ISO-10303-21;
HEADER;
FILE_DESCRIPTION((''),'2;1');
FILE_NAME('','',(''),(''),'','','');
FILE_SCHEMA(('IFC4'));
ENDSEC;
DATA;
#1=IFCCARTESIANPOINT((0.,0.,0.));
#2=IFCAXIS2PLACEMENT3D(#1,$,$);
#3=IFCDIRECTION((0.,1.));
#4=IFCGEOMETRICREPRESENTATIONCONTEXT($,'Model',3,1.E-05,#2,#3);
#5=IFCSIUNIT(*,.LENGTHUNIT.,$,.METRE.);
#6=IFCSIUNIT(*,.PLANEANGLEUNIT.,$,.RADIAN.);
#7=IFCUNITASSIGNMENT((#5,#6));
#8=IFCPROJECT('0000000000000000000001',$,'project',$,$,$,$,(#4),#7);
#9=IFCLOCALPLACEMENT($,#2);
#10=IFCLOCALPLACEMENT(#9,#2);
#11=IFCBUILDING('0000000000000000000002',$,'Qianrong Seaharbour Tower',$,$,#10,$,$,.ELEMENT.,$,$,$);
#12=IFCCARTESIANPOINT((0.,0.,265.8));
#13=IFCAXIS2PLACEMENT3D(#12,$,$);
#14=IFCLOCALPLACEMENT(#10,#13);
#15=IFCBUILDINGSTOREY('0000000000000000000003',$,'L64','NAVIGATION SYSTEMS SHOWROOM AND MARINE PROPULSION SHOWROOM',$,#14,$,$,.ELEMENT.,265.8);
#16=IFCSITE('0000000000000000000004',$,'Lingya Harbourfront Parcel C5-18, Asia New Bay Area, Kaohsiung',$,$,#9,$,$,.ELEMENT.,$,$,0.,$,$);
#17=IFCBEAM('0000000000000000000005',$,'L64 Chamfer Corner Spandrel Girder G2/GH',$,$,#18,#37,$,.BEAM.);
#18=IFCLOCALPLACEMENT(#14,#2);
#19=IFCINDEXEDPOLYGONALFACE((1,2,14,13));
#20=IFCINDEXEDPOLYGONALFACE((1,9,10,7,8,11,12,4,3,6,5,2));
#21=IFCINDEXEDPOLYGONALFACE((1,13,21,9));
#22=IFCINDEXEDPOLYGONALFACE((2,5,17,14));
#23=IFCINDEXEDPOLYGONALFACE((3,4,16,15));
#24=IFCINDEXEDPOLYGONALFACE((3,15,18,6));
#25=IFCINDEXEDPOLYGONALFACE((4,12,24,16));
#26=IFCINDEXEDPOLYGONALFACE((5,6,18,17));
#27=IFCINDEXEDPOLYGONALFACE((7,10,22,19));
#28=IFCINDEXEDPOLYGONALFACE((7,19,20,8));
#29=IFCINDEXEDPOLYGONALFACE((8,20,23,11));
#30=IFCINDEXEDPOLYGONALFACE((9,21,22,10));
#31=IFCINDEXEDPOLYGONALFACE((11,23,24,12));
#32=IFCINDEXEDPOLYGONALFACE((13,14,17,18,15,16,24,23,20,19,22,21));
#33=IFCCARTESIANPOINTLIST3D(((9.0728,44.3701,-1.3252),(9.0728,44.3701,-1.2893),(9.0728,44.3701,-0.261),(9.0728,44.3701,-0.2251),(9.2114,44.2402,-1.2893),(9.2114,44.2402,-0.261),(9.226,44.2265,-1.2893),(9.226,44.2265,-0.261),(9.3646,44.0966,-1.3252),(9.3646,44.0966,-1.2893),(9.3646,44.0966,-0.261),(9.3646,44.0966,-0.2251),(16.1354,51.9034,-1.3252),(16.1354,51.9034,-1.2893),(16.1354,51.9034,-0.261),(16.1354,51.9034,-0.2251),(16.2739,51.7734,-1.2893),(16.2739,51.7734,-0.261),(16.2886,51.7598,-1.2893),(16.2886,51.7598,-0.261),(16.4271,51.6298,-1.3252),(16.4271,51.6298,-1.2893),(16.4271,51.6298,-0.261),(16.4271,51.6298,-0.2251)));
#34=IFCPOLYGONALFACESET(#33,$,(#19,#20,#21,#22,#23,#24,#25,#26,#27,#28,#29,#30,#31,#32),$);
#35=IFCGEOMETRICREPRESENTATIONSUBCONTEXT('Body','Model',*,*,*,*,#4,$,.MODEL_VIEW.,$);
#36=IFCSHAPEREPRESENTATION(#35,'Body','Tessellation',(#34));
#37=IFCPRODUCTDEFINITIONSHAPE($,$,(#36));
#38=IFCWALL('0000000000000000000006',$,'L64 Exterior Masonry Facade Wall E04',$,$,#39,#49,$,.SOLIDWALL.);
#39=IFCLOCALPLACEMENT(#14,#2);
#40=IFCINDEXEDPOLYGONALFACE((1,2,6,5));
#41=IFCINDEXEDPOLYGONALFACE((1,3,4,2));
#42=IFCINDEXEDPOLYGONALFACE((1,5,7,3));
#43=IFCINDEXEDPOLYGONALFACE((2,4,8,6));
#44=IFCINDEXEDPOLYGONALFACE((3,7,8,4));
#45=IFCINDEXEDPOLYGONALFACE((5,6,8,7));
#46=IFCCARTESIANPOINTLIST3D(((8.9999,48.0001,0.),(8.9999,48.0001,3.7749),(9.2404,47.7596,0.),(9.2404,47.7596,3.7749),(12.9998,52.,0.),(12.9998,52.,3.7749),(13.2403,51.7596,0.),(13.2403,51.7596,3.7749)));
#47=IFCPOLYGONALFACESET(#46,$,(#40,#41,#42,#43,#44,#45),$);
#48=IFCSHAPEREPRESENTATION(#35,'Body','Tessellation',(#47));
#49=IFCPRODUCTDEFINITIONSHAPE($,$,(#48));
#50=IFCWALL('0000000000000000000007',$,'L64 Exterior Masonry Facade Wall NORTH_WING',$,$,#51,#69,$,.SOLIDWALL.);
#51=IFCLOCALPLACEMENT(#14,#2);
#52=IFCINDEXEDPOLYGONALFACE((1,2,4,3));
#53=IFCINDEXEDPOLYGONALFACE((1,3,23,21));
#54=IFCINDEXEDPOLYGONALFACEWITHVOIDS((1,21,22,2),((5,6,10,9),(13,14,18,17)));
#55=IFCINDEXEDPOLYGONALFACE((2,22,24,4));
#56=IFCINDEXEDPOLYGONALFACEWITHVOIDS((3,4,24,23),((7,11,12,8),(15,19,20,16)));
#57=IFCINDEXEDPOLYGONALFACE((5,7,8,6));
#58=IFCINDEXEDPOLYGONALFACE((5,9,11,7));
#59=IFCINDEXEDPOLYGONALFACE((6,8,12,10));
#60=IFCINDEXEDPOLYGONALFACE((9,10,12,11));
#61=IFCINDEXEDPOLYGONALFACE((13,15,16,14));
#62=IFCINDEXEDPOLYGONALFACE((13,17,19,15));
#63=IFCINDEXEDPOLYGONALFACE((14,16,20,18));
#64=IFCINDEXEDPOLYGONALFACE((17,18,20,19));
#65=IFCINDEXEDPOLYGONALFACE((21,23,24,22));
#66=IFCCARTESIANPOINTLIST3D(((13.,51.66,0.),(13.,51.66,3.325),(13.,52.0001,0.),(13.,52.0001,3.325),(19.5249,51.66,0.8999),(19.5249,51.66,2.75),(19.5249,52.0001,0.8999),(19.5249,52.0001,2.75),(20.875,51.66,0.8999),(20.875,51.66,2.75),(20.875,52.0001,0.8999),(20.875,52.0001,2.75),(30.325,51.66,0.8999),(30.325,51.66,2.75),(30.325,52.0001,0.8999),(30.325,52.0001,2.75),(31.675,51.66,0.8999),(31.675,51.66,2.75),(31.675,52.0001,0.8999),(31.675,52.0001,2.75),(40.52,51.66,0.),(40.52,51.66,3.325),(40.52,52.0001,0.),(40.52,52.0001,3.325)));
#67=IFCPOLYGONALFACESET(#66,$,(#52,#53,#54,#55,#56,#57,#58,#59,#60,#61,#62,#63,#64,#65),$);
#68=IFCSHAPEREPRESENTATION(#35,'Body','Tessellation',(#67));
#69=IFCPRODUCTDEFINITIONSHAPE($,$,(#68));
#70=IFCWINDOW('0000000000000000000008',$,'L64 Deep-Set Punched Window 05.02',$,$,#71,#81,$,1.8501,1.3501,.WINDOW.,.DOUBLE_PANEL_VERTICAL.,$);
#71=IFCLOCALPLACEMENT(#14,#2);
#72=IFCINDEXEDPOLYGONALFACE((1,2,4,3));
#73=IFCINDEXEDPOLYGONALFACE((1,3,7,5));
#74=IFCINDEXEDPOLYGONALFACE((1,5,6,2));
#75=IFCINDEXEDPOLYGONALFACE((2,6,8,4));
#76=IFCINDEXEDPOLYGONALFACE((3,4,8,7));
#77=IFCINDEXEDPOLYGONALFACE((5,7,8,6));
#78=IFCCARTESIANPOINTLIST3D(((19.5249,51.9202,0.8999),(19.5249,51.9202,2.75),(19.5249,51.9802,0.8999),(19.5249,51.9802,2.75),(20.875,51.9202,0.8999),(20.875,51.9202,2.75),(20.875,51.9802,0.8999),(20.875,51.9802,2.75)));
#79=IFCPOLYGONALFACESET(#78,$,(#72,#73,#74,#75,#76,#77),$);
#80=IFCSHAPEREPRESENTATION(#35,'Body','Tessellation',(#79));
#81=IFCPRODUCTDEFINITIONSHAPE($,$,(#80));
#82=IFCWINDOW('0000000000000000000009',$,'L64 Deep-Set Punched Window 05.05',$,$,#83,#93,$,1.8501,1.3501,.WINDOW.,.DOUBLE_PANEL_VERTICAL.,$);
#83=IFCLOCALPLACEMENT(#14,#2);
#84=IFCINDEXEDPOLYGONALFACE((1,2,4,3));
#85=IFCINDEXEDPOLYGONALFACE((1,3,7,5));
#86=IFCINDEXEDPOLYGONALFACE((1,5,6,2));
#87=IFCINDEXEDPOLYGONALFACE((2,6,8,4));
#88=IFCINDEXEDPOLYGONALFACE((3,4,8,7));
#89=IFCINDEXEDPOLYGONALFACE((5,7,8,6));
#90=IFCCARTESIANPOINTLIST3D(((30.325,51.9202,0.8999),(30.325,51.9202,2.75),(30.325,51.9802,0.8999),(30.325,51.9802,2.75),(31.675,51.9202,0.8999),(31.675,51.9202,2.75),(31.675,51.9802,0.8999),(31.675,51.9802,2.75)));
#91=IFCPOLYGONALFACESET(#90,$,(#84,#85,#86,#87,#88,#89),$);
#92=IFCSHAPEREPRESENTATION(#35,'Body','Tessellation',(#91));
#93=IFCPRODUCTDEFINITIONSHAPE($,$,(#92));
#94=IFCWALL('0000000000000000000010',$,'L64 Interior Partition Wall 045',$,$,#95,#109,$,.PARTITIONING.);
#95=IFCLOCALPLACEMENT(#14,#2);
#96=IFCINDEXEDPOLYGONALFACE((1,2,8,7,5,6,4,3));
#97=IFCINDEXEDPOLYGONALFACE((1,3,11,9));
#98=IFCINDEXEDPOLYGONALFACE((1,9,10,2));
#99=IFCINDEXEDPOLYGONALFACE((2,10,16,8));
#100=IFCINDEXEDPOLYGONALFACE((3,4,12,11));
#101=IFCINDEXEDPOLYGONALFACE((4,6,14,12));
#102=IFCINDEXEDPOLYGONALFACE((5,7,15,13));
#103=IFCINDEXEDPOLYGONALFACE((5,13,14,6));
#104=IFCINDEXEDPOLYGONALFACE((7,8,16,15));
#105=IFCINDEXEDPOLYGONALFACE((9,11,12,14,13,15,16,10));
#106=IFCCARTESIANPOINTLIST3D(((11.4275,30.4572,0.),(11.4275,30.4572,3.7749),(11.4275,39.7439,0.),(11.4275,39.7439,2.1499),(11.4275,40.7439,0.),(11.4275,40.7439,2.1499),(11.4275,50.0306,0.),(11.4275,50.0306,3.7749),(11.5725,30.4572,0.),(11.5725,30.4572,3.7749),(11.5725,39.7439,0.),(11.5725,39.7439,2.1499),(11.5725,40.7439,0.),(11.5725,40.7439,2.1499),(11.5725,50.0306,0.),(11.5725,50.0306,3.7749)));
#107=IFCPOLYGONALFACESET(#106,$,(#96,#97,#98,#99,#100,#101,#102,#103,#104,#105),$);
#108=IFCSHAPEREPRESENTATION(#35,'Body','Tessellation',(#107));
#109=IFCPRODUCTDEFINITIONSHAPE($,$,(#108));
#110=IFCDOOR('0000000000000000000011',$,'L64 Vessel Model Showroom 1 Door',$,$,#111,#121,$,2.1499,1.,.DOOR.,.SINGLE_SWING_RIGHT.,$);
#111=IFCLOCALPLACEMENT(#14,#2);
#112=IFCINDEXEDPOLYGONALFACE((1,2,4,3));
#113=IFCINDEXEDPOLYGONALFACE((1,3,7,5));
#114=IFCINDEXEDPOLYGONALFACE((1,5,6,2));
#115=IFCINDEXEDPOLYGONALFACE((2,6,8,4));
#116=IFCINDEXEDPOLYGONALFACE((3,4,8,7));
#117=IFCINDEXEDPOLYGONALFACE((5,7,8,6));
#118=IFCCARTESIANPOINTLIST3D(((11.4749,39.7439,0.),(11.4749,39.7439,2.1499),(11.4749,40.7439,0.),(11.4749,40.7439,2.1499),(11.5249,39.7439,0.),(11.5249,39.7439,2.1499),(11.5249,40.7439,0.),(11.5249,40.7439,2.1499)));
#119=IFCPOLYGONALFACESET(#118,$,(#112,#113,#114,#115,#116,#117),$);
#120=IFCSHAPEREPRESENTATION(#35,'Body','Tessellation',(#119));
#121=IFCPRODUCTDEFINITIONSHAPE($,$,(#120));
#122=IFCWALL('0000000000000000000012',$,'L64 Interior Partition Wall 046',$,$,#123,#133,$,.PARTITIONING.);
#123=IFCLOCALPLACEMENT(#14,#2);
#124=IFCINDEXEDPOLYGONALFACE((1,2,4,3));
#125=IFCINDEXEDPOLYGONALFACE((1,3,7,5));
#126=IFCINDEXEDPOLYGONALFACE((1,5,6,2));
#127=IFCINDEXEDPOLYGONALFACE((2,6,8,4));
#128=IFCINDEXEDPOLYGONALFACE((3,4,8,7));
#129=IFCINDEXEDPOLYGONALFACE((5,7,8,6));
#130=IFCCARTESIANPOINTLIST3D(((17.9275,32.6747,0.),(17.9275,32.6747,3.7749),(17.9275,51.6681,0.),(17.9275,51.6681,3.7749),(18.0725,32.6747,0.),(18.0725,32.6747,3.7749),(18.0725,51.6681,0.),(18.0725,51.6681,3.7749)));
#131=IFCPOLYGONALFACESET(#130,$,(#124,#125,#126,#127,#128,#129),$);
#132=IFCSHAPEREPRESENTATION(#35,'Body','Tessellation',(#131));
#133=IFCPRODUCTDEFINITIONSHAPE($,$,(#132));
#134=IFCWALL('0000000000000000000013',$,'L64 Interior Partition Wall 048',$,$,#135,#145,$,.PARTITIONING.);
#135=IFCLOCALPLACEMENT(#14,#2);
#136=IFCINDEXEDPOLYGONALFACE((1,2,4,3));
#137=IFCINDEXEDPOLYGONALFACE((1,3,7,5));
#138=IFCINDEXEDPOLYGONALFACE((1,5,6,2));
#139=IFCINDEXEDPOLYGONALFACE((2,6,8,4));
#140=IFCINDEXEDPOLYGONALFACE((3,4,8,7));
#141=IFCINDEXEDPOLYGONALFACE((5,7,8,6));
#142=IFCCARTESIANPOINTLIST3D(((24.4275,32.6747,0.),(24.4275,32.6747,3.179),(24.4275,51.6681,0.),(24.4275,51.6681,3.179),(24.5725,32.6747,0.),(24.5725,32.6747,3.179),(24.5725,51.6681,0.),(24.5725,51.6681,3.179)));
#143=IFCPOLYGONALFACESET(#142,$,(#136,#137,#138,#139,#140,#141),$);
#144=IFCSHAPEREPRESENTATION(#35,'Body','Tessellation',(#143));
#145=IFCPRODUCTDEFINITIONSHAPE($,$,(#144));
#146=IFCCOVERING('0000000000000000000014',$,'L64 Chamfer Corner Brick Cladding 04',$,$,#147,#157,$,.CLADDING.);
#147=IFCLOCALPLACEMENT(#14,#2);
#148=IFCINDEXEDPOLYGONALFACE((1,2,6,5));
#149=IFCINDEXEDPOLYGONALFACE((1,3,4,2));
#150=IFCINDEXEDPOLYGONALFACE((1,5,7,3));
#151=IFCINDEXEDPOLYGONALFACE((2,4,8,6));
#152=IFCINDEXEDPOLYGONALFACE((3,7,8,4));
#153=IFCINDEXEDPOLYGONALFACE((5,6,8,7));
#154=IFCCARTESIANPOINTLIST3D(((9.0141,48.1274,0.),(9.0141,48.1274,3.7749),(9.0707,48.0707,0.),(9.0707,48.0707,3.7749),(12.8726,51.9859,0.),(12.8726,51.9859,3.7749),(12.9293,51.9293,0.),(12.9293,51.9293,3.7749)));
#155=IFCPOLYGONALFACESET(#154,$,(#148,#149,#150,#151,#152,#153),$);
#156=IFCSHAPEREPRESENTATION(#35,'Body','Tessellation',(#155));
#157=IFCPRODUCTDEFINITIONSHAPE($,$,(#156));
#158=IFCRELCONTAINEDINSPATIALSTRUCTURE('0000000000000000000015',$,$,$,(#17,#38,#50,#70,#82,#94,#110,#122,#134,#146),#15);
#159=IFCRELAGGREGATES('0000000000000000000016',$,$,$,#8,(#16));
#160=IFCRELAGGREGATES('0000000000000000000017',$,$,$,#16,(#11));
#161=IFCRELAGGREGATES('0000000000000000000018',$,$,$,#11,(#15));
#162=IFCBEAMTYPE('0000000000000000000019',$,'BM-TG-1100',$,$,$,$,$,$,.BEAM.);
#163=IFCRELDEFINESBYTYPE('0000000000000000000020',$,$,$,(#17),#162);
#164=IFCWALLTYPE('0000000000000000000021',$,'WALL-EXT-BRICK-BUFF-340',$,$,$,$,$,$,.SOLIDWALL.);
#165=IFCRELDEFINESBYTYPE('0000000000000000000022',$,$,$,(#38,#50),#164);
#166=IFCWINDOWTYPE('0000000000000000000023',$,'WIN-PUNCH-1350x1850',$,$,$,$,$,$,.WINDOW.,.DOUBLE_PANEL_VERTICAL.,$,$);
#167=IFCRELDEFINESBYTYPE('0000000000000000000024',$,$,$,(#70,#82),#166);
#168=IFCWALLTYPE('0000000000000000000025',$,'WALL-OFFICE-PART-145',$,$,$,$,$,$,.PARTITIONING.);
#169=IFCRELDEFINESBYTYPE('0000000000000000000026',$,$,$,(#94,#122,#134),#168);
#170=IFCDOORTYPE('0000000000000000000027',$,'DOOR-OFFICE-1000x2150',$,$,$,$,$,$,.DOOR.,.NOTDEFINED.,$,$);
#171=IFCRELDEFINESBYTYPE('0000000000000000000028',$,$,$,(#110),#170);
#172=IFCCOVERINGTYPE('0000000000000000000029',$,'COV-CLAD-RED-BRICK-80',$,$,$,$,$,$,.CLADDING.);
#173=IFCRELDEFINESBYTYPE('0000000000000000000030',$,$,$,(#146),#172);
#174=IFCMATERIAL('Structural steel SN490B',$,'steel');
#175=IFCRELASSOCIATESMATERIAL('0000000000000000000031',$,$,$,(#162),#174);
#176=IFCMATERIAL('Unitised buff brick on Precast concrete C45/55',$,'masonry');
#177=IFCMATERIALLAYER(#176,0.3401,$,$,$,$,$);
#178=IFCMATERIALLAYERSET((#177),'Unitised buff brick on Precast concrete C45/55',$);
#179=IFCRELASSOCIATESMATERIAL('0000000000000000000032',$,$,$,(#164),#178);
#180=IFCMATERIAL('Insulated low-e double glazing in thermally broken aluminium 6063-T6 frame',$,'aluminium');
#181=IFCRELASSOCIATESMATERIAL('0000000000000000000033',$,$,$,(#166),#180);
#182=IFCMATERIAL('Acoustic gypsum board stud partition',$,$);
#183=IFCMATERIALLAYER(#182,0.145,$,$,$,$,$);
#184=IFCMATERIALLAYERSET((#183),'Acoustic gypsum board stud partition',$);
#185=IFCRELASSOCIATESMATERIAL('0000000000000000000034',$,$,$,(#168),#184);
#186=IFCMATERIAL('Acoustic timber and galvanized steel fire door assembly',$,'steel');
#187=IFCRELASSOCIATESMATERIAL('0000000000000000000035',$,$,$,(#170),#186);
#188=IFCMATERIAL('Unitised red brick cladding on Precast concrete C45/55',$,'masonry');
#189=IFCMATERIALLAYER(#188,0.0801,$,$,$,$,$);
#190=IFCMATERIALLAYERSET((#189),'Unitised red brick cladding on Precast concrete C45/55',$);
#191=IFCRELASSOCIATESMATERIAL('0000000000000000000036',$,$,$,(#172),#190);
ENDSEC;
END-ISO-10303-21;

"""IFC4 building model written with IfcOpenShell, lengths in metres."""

from ifc_helpers import new_model, si_unit, direction, frame, frame_2d, origin, origin_2d, place, context, subcontext, project, spatial, rectangle, i_section, extrude, material, layer, layer_set, material_profile, profile_set, type_object, element, fill, save


model = new_model("IFC4")

# Units and contexts
model_context = context("Model", 3, precision=1e-05, world=origin(), true_north=direction((0.0, 1.0)))
body_context = subcontext(model_context, "Body", "Model", "MODEL_VIEW")
ifc_project = project(units=[si_unit("LENGTHUNIT", "METRE"), si_unit("PLANEANGLEUNIT", "RADIAN")], contexts=[model_context])

# Site, building, storey
site_placement = place(None, origin())
site = spatial("IfcSite", under=ifc_project, at=site_placement, Name="Lingya Harbourfront Parcel C5-18, Asia New Bay Area, Kaohsiung", CompositionType="ELEMENT", RefElevation=0.0)
building_placement = place(site_placement, origin())
building = spatial("IfcBuilding", under=site, at=building_placement, Name="Qianrong Seaharbour Tower", CompositionType="ELEMENT")
storey_placement = place(building_placement, frame((0.0, 0.0, 265.8)))
storey = spatial("IfcBuildingStorey", under=building, at=storey_placement, Name="L64", Description="NAVIGATION SYSTEMS SHOWROOM AND MARINE PROPULSION SHOWROOM", CompositionType="ELEMENT", Elevation=265.8)

# Shared definitions
ifc_material_1 = material(Name="Structural steel SN490B", Category="steel")

# Beam
ifc_material_profile_1 = material_profile(ifc_material_1, i_section(OverallWidth=0.3999, OverallDepth=1.1001, WebThickness=0.02, FlangeThickness=0.0359, at=origin_2d()), Name="BH1100x400x20x36")
ifc_profile_set_1 = profile_set([ifc_material_profile_1], Name="Structural steel SN490B")
beam_type_1 = type_object("IfcBeamType", Name="BM-TG-1100", PredefinedType="BEAM", material=ifc_profile_set_1)
beam_1_placement = place(storey_placement, frame((16.2812, 51.7666, -0.7751), z_axis=(-0.683947, -0.729531, 0.0), x_axis=(0.729531, -0.683947, 0.0)))
element("IfcBeam", 1, at=beam_1_placement, inside=storey, type_object=beam_type_1, Name="L64 Chamfer Corner Spandrel Girder G2/GH", PredefinedType="BEAM", context=body_context, shape_type="SweptSolid", body=[
    extrude(i_section(OverallWidth=0.3999, OverallDepth=1.1001, WebThickness=0.02, FlangeThickness=0.0359, at=origin_2d()), origin(), (0.0, 0.0, 1.0), 10.3262),
])

# Wall
ifc_material_2 = material(Name="Unitised buff brick on Precast concrete C45/55", Category="masonry")
ifc_layer_1 = layer(ifc_material_2, 0.3401)
ifc_layer_set_1 = layer_set([ifc_layer_1], Name="Unitised buff brick on Precast concrete C45/55")
wall_type_1 = type_object("IfcWallType", Name="WALL-EXT-BRICK-BUFF-340", PredefinedType="SOLIDWALL", material=ifc_layer_set_1)
wall_1_placement = place(storey_placement, frame((9.1201, 47.8799, 0.0), z_axis=(0.0, 0.0, 1.0), x_axis=(0.707107, 0.707107, 0.0)))
element("IfcWall", 2, at=wall_1_placement, inside=storey, type_object=wall_type_1, Name="L64 Exterior Masonry Facade Wall E04", PredefinedType="SOLIDWALL", context=body_context, shape_type="SweptSolid", body=[
    extrude(rectangle(XDim=5.6567, YDim=0.3401, at=frame_2d((2.8284, 0.0))), origin(), (0.0, 0.0, 1.0), 3.7749),
])

# Wall, openings, windows
wall_2_placement = place(storey_placement, frame((13.0, 51.8301, 0.0), z_axis=(0.0, 0.0, 1.0), x_axis=(1.0, 0.0, 0.0)))
wall_2 = element("IfcWall", 3, at=wall_2_placement, inside=storey, type_object=wall_type_1, Name="L64 Exterior Masonry Facade Wall NORTH_WING", PredefinedType="SOLIDWALL", context=body_context, shape_type="SweptSolid", body=[
    extrude(rectangle(XDim=27.52, YDim=0.3401, at=frame_2d((13.76, 0.0))), origin(), (0.0, 0.0, 1.0), 3.325),
])
opening_1_placement = place(wall_2_placement, frame((6.5249, 0.0, 0.8999)))
opening_1 = element("IfcOpeningElement", 4, at=opening_1_placement, cuts=wall_2, PredefinedType="OPENING", context=body_context, shape_type="SweptSolid", body=[
    extrude(rectangle(XDim=1.3501, YDim=1.8501, at=frame_2d((0.675, 0.925))), frame((0.0, 0.1802, 0.0), z_axis=(0.0, -1.0, 0.0), x_axis=(1.0, 0.0, 0.0)), (0.0, 0.0, 1.0), 0.3601),
])
opening_2_placement = place(wall_2_placement, frame((17.325, 0.0, 0.8999)))
opening_2 = element("IfcOpeningElement", 5, at=opening_2_placement, cuts=wall_2, PredefinedType="OPENING", context=body_context, shape_type="SweptSolid", body=[
    extrude(rectangle(XDim=1.3501, YDim=1.8501, at=frame_2d((0.675, 0.925))), frame((0.0, 0.1802, 0.0), z_axis=(0.0, -1.0, 0.0), x_axis=(1.0, 0.0, 0.0)), (0.0, 0.0, 1.0), 0.3601),
])
ifc_material_3 = material(Name="Insulated low-e double glazing in thermally broken aluminium 6063-T6 frame", Category="aluminium")
window_type = type_object("IfcWindowType", Name="WIN-PUNCH-1350x1850", PartitioningType="DOUBLE_PANEL_VERTICAL", PredefinedType="WINDOW", material=ifc_material_3)
window_1_placement = place(opening_1_placement, origin())
window_1 = element("IfcWindow", 6, at=window_1_placement, inside=storey, type_object=window_type, Name="L64 Deep-Set Punched Window 05.02", OverallHeight=1.8501, OverallWidth=1.3501, PartitioningType="DOUBLE_PANEL_VERTICAL", PredefinedType="WINDOW", context=body_context, shape_type="SweptSolid", body=[
    extrude(rectangle(XDim=1.3501, YDim=1.8501, at=frame_2d((0.675, 0.925))), frame((0.0, 0.1501, 0.0), z_axis=(0.0, -1.0, 0.0), x_axis=(1.0, 0.0, 0.0)), (0.0, 0.0, 1.0), 0.0601),
])
fill(opening_1, window_1)
window_2_placement = place(opening_2_placement, origin())
window_2 = element("IfcWindow", 7, at=window_2_placement, inside=storey, type_object=window_type, Name="L64 Deep-Set Punched Window 05.05", OverallHeight=1.8501, OverallWidth=1.3501, PartitioningType="DOUBLE_PANEL_VERTICAL", PredefinedType="WINDOW", context=body_context, shape_type="SweptSolid", body=[
    extrude(rectangle(XDim=1.3501, YDim=1.8501, at=frame_2d((0.675, 0.925))), frame((0.0, 0.1501, 0.0), z_axis=(0.0, -1.0, 0.0), x_axis=(1.0, 0.0, 0.0)), (0.0, 0.0, 1.0), 0.0601),
])
fill(opening_2, window_2)

# Wall, opening, door
ifc_material_4 = material(Name="Acoustic gypsum board stud partition")
ifc_layer_2 = layer(ifc_material_4, 0.145)
ifc_layer_set_2 = layer_set([ifc_layer_2], Name="Acoustic gypsum board stud partition")
wall_type_2 = type_object("IfcWallType", Name="WALL-OFFICE-PART-145", PredefinedType="PARTITIONING", material=ifc_layer_set_2)
wall_3_placement = place(storey_placement, frame((11.5, 50.0305, 0.0), z_axis=(0.0, 0.0, 1.0), x_axis=(0.0, -1.0, 0.0)))
wall_3 = element("IfcWall", 8, at=wall_3_placement, inside=storey, type_object=wall_type_2, Name="L64 Interior Partition Wall 045", PredefinedType="PARTITIONING", context=body_context, shape_type="SweptSolid", body=[
    extrude(rectangle(XDim=19.5735, YDim=0.145, at=frame_2d((9.7866, 0.0))), origin(), (0.0, 0.0, 1.0), 3.7749),
])
opening_3_placement = place(wall_3_placement, frame((9.2866, 0.0, 0.0)))
opening_3 = element("IfcOpeningElement", 9, at=opening_3_placement, cuts=wall_3, PredefinedType="OPENING", context=body_context, shape_type="SweptSolid", body=[
    extrude(rectangle(XDim=1.0, YDim=2.1499, at=frame_2d((0.5, 1.075))), frame((0.0, 0.0825, 0.0), z_axis=(0.0, -1.0, 0.0), x_axis=(1.0, 0.0, 0.0)), (0.0, 0.0, 1.0), 0.165),
])
ifc_material_5 = material(Name="Acoustic timber and galvanized steel fire door assembly", Category="steel")
door_type = type_object("IfcDoorType", Name="DOOR-OFFICE-1000x2150", OperationType="NOTDEFINED", PredefinedType="DOOR", material=ifc_material_5)
door_placement = place(opening_3_placement, origin())
door = element("IfcDoor", 10, at=door_placement, inside=storey, type_object=door_type, Name="L64 Vessel Model Showroom 1 Door", OperationType="SINGLE_SWING_RIGHT", OverallHeight=2.1499, OverallWidth=1.0, PredefinedType="DOOR", context=body_context, shape_type="SweptSolid", body=[
    extrude(rectangle(XDim=1.0, YDim=2.1499, at=frame_2d((0.5, 1.075))), frame((0.0, 0.0249, 0.0), z_axis=(0.0, -1.0, 0.0), x_axis=(1.0, 0.0, 0.0)), (0.0, 0.0, 1.0), 0.05),
])
fill(opening_3, door)

# Walls
wall_4_placement = place(storey_placement, frame((18.0, 51.668, 0.0), z_axis=(0.0, 0.0, 1.0), x_axis=(0.0, -1.0, 0.0)))
element("IfcWall", 11, at=wall_4_placement, inside=storey, type_object=wall_type_2, Name="L64 Interior Partition Wall 046", PredefinedType="PARTITIONING", context=body_context, shape_type="SweptSolid", body=[
    extrude(rectangle(XDim=18.9934, YDim=0.145, at=frame_2d((9.4966, 0.0))), origin(), (0.0, 0.0, 1.0), 3.7749),
])
wall_5_placement = place(storey_placement, frame((24.5, 51.668, 0.0), z_axis=(0.0, 0.0, 1.0), x_axis=(0.0, -1.0, 0.0)))
element("IfcWall", 12, at=wall_5_placement, inside=storey, type_object=wall_type_2, Name="L64 Interior Partition Wall 048", PredefinedType="PARTITIONING", context=body_context, shape_type="SweptSolid", body=[
    extrude(rectangle(XDim=18.9934, YDim=0.145, at=frame_2d((9.4966, 0.0))), origin(), (0.0, 0.0, 1.0), 3.179),
])

# Covering
ifc_material_6 = material(Name="Unitised red brick cladding on Precast concrete C45/55", Category="masonry")
ifc_layer_3 = layer(ifc_material_6, 0.0801)
ifc_layer_set_3 = layer_set([ifc_layer_3], Name="Unitised red brick cladding on Precast concrete C45/55")
covering_type = type_object("IfcCoveringType", Name="COV-CLAD-RED-BRICK-80", PredefinedType="CLADDING", material=ifc_layer_set_3)
covering_placement = place(storey_placement, frame((10.9717, 50.0283, 0.0), z_axis=(0.0, 0.0, 1.0), x_axis=(0.707107, 0.707107, 0.0)))
element("IfcCovering", 13, at=covering_placement, inside=storey, type_object=covering_type, Name="L64 Chamfer Corner Brick Cladding 04", PredefinedType="CLADDING", context=body_context, shape_type="SweptSolid", body=[
    extrude(rectangle(XDim=5.4568, YDim=0.0801, at=origin_2d()), origin(), (0.0, 0.0, 1.0), 3.7749),
])

save(model, "model.ifc")
